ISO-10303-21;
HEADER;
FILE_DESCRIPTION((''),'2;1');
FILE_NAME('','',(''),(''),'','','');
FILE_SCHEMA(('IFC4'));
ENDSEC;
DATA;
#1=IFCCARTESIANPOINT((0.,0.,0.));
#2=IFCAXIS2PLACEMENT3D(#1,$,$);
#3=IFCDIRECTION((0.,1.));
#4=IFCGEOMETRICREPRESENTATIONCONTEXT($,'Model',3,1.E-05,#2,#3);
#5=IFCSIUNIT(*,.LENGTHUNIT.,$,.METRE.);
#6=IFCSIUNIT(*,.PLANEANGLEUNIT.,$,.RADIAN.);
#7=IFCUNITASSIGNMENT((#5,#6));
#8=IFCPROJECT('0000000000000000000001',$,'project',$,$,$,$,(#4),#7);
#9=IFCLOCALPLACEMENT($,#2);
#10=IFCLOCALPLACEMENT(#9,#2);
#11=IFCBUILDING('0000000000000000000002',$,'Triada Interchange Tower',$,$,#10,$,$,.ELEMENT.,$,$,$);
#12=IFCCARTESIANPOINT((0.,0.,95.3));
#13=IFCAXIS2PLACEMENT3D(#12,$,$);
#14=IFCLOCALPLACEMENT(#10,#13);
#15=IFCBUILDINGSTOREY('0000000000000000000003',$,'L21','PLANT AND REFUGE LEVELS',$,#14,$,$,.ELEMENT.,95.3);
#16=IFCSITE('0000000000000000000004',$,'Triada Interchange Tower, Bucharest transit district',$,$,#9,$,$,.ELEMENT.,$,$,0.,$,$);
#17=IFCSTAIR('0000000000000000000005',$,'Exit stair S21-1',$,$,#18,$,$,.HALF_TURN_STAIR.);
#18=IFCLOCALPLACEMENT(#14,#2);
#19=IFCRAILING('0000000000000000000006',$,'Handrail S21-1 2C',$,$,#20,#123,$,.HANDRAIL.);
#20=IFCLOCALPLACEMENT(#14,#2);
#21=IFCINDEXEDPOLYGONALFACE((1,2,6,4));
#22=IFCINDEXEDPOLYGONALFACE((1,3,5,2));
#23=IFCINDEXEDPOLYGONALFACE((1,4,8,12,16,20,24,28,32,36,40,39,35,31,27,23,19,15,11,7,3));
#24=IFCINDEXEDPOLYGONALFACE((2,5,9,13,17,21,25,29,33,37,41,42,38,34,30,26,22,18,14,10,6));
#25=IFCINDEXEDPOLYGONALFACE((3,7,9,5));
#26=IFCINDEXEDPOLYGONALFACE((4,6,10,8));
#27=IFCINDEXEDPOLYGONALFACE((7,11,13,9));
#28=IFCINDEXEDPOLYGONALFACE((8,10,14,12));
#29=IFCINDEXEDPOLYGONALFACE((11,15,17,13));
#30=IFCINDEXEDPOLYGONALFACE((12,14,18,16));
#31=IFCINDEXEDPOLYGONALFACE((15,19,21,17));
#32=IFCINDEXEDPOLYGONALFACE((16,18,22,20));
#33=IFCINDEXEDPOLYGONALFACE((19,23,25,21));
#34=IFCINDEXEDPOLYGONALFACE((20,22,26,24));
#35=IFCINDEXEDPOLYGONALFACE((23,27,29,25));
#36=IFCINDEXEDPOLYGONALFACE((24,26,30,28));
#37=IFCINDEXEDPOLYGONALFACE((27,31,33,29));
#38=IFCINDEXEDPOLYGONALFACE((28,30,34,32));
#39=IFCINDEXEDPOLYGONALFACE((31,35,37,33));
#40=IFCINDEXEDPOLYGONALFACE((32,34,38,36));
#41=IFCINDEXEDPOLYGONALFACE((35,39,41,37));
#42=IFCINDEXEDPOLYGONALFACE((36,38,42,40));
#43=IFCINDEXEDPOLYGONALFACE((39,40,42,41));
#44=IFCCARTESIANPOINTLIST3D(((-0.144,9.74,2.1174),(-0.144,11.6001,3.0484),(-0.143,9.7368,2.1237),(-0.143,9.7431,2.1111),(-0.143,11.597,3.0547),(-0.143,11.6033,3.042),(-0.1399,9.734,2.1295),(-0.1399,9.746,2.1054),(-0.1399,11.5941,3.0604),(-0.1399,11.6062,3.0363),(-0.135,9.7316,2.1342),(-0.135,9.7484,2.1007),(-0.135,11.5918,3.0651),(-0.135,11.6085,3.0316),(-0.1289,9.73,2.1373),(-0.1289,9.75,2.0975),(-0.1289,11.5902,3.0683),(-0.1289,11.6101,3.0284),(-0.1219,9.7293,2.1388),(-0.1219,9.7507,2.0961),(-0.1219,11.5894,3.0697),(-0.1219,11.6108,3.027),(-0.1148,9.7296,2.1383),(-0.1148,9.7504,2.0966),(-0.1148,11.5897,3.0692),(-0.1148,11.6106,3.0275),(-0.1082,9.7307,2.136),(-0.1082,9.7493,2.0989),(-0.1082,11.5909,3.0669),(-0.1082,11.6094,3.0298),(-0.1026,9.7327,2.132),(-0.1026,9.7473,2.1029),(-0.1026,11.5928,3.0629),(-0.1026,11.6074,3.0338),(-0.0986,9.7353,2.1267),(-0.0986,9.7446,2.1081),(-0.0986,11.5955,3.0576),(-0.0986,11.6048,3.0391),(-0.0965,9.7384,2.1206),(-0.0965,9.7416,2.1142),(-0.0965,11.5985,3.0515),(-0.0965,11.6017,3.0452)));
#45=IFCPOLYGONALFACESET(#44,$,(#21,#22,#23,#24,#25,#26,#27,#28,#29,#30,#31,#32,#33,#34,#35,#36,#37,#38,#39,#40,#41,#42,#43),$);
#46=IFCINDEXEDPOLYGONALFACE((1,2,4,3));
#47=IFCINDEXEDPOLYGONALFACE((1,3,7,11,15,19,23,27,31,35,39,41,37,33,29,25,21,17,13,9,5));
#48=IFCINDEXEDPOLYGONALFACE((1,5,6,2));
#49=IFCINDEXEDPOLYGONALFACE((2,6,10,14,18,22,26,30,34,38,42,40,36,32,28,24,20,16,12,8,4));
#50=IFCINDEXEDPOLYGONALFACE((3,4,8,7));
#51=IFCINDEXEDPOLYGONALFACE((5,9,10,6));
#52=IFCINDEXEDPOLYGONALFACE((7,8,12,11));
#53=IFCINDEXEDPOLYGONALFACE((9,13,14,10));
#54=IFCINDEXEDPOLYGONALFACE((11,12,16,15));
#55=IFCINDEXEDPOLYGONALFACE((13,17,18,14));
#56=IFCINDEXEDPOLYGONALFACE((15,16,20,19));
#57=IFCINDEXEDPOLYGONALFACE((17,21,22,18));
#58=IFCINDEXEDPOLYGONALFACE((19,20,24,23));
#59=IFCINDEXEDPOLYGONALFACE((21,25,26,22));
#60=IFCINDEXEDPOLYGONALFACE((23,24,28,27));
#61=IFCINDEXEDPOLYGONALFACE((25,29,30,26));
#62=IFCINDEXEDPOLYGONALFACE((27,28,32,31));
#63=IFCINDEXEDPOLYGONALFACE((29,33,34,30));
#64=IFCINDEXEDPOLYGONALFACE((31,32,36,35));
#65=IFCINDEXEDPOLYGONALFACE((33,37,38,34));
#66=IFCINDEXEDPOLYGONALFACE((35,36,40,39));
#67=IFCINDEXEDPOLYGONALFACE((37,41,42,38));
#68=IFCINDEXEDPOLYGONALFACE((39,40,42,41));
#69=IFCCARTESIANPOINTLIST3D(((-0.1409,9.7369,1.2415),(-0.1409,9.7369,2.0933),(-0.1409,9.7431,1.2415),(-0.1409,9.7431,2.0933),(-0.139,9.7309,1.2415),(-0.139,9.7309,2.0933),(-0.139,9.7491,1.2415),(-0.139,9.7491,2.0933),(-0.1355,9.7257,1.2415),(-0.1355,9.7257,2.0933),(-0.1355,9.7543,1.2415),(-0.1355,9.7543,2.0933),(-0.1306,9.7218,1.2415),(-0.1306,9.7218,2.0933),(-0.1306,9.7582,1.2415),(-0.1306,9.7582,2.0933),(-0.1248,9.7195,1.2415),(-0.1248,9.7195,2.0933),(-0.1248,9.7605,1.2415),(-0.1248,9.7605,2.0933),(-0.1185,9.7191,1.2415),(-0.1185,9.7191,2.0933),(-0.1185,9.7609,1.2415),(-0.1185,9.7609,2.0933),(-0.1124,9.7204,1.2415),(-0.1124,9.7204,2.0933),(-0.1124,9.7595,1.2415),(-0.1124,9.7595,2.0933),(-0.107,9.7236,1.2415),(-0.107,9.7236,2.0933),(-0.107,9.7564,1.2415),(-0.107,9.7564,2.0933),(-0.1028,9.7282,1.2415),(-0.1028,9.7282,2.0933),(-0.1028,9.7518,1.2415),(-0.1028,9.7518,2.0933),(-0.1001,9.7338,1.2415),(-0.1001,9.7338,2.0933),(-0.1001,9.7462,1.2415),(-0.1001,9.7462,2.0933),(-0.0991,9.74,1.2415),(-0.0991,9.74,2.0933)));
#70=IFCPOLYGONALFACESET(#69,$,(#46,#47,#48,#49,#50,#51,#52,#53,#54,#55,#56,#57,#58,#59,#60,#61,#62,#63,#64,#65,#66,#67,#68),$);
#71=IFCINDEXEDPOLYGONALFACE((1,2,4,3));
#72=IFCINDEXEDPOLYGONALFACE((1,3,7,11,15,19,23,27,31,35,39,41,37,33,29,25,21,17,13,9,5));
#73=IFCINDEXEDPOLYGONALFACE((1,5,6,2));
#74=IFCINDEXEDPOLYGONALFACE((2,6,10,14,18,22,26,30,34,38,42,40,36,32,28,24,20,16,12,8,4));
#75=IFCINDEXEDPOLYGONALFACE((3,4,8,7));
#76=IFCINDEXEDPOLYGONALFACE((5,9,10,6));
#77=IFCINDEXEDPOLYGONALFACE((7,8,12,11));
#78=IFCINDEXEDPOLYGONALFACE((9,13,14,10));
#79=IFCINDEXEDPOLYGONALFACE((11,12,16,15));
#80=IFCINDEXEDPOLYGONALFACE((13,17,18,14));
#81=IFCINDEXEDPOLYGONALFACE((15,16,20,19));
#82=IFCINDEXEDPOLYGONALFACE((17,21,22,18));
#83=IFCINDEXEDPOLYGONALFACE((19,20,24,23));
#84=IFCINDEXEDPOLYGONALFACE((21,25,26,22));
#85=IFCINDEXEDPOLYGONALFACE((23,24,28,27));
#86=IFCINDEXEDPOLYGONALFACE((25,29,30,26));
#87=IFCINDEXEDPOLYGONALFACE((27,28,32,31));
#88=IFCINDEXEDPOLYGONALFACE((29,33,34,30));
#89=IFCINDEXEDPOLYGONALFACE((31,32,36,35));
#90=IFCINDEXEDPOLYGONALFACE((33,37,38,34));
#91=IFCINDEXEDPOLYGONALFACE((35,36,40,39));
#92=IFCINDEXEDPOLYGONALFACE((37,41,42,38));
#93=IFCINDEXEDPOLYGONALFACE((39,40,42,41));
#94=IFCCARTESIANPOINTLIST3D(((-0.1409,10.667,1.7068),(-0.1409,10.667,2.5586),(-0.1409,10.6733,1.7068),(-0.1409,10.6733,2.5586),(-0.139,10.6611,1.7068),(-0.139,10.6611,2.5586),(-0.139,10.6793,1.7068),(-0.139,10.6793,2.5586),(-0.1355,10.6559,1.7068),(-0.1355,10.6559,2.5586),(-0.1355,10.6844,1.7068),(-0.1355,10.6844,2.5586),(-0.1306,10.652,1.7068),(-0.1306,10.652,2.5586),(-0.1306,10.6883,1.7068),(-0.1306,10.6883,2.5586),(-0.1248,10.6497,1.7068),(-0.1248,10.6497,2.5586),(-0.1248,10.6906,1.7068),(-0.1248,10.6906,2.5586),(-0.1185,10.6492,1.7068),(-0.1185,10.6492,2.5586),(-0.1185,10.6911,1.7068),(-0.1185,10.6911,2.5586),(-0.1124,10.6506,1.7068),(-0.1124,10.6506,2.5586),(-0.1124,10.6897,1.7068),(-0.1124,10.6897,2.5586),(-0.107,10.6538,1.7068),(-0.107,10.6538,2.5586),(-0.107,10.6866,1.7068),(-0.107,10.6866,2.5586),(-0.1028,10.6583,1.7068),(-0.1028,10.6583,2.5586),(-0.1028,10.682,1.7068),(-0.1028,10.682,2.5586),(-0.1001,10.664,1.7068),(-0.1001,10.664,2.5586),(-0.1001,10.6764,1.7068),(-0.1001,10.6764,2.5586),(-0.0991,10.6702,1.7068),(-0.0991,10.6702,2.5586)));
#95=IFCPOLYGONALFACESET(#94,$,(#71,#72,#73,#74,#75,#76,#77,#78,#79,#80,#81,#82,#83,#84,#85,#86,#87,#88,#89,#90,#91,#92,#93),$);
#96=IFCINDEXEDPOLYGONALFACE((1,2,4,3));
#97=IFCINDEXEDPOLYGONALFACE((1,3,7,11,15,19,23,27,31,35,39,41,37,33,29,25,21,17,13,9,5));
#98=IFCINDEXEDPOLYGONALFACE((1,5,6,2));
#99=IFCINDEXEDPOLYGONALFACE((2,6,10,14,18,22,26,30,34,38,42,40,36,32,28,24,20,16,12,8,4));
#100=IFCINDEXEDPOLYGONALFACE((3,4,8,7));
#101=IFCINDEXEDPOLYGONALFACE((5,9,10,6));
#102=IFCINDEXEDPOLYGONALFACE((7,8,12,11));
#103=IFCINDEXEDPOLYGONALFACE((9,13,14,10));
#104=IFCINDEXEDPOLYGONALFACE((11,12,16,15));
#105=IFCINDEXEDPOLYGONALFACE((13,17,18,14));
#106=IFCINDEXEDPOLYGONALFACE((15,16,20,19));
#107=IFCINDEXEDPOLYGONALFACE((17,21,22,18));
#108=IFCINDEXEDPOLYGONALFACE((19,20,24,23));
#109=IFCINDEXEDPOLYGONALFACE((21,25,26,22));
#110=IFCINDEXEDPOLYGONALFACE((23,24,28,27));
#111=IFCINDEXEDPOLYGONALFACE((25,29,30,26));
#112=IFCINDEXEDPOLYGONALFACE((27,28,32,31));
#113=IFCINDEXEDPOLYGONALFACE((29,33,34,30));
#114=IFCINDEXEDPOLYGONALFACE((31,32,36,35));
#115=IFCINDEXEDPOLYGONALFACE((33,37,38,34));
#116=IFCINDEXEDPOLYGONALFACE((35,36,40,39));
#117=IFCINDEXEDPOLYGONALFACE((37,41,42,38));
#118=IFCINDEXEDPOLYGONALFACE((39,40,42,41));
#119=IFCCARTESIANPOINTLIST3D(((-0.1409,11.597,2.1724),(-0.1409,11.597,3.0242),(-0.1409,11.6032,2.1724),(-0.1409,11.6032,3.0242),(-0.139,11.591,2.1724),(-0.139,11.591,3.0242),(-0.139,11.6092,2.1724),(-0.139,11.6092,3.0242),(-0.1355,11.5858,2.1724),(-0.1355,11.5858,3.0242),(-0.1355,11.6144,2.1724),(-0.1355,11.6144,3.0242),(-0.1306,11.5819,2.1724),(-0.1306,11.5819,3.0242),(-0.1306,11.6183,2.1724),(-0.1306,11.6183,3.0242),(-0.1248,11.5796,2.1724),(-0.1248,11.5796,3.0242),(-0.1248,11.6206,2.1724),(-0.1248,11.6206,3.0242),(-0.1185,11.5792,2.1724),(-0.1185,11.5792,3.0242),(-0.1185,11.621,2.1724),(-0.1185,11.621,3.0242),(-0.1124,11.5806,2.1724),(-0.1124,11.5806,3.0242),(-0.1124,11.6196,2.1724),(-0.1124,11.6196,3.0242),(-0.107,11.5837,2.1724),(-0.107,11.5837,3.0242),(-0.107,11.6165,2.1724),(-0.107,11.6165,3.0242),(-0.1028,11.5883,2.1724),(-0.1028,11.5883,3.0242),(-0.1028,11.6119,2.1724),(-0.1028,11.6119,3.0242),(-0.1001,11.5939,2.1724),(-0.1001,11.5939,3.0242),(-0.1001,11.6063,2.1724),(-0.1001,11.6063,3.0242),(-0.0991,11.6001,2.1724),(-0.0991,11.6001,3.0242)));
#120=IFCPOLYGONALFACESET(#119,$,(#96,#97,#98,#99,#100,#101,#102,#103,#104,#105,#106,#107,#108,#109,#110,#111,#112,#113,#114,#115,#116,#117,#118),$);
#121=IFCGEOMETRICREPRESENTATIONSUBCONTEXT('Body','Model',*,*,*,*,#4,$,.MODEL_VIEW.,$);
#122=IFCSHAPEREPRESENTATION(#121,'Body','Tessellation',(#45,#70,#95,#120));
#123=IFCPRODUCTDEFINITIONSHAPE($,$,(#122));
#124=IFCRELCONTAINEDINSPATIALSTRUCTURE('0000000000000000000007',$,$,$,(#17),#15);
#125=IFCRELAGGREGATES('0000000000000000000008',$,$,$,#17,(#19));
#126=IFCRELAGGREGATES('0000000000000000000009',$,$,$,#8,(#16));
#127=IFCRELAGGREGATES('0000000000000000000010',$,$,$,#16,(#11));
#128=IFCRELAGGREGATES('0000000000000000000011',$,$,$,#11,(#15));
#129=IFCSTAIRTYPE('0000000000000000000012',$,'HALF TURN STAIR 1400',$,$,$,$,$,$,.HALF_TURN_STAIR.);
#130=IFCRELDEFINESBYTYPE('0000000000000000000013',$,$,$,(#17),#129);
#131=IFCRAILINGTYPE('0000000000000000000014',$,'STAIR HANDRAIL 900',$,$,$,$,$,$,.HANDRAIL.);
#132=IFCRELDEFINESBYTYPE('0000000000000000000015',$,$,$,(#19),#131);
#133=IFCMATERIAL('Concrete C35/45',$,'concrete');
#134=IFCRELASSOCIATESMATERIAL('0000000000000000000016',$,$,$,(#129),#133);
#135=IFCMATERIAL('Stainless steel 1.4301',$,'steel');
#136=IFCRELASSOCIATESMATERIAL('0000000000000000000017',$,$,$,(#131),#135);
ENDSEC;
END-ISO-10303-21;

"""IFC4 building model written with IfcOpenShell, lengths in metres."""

from ifc_helpers import new_model, si_unit, direction, frame, origin, origin_2d, place, context, subcontext, project, spatial, circle, extrude, material, type_object, element, aggregate, save


model = new_model("IFC4")

# Units and contexts
model_context = context("Model", 3, precision=1e-05, world=origin(), true_north=direction((0.0, 1.0)))
body_context = subcontext(model_context, "Body", "Model", "MODEL_VIEW")
ifc_project = project(units=[si_unit("LENGTHUNIT", "METRE"), si_unit("PLANEANGLEUNIT", "RADIAN")], contexts=[model_context])

# Site, building, storey
site_placement = place(None, origin())
site = spatial("IfcSite", under=ifc_project, at=site_placement, Name="Triada Interchange Tower, Bucharest transit district", CompositionType="ELEMENT", RefElevation=0.0)
building_placement = place(site_placement, origin())
building = spatial("IfcBuilding", under=site, at=building_placement, Name="Triada Interchange Tower", CompositionType="ELEMENT")
storey_placement = place(building_placement, frame((0.0, 0.0, 95.3)))
storey = spatial("IfcBuildingStorey", under=building, at=storey_placement, Name="L21", Description="PLANT AND REFUGE LEVELS", CompositionType="ELEMENT", Elevation=95.3)

# Stair
ifc_material_1 = material(Name="Concrete C35/45", Category="concrete")
stair_type = type_object("IfcStairType", Name="HALF TURN STAIR 1400", PredefinedType="HALF_TURN_STAIR", material=ifc_material_1)
stair_placement = place(storey_placement, origin())
stair = element("IfcStair", 1, at=stair_placement, inside=storey, type_object=stair_type, Name="Exit stair S21-1", PredefinedType="HALF_TURN_STAIR")

# Railing
ifc_material_2 = material(Name="Stainless steel 1.4301", Category="steel")
railing_type = type_object("IfcRailingType", Name="STAIR HANDRAIL 900", PredefinedType="HANDRAIL", material=ifc_material_2)
railing_1_placement = place(storey_placement, frame((-0.1201, 9.74, 1.2415)))
railing_1 = element("IfcRailing", 2, at=railing_1_placement, type_object=railing_type, Name="Handrail S21-1 2C", PredefinedType="HANDRAIL", context=body_context, shape_type="SweptSolid", body=[
    extrude(circle(Radius=0.0239, at=origin_2d()), frame((0.0, 0.0, 0.876), z_axis=(0.0, 0.894263, 0.447542), x_axis=(-1.0, 0.0, 0.0)), (0.0, 0.0, 1.0), 2.0801),
    extrude(circle(Radius=0.021, at=origin_2d()), origin(), (0.0, 0.0, 1.0), 0.8518),
    extrude(circle(Radius=0.021, at=origin_2d()), frame((0.0, 0.9302, 0.4653)), (0.0, 0.0, 1.0), 0.8518),
    extrude(circle(Radius=0.021, at=origin_2d()), frame((0.0, 1.8601, 0.9309)), (0.0, 0.0, 1.0), 0.8518),
])
aggregate(stair, [railing_1])

save(model, "model.ifc")
